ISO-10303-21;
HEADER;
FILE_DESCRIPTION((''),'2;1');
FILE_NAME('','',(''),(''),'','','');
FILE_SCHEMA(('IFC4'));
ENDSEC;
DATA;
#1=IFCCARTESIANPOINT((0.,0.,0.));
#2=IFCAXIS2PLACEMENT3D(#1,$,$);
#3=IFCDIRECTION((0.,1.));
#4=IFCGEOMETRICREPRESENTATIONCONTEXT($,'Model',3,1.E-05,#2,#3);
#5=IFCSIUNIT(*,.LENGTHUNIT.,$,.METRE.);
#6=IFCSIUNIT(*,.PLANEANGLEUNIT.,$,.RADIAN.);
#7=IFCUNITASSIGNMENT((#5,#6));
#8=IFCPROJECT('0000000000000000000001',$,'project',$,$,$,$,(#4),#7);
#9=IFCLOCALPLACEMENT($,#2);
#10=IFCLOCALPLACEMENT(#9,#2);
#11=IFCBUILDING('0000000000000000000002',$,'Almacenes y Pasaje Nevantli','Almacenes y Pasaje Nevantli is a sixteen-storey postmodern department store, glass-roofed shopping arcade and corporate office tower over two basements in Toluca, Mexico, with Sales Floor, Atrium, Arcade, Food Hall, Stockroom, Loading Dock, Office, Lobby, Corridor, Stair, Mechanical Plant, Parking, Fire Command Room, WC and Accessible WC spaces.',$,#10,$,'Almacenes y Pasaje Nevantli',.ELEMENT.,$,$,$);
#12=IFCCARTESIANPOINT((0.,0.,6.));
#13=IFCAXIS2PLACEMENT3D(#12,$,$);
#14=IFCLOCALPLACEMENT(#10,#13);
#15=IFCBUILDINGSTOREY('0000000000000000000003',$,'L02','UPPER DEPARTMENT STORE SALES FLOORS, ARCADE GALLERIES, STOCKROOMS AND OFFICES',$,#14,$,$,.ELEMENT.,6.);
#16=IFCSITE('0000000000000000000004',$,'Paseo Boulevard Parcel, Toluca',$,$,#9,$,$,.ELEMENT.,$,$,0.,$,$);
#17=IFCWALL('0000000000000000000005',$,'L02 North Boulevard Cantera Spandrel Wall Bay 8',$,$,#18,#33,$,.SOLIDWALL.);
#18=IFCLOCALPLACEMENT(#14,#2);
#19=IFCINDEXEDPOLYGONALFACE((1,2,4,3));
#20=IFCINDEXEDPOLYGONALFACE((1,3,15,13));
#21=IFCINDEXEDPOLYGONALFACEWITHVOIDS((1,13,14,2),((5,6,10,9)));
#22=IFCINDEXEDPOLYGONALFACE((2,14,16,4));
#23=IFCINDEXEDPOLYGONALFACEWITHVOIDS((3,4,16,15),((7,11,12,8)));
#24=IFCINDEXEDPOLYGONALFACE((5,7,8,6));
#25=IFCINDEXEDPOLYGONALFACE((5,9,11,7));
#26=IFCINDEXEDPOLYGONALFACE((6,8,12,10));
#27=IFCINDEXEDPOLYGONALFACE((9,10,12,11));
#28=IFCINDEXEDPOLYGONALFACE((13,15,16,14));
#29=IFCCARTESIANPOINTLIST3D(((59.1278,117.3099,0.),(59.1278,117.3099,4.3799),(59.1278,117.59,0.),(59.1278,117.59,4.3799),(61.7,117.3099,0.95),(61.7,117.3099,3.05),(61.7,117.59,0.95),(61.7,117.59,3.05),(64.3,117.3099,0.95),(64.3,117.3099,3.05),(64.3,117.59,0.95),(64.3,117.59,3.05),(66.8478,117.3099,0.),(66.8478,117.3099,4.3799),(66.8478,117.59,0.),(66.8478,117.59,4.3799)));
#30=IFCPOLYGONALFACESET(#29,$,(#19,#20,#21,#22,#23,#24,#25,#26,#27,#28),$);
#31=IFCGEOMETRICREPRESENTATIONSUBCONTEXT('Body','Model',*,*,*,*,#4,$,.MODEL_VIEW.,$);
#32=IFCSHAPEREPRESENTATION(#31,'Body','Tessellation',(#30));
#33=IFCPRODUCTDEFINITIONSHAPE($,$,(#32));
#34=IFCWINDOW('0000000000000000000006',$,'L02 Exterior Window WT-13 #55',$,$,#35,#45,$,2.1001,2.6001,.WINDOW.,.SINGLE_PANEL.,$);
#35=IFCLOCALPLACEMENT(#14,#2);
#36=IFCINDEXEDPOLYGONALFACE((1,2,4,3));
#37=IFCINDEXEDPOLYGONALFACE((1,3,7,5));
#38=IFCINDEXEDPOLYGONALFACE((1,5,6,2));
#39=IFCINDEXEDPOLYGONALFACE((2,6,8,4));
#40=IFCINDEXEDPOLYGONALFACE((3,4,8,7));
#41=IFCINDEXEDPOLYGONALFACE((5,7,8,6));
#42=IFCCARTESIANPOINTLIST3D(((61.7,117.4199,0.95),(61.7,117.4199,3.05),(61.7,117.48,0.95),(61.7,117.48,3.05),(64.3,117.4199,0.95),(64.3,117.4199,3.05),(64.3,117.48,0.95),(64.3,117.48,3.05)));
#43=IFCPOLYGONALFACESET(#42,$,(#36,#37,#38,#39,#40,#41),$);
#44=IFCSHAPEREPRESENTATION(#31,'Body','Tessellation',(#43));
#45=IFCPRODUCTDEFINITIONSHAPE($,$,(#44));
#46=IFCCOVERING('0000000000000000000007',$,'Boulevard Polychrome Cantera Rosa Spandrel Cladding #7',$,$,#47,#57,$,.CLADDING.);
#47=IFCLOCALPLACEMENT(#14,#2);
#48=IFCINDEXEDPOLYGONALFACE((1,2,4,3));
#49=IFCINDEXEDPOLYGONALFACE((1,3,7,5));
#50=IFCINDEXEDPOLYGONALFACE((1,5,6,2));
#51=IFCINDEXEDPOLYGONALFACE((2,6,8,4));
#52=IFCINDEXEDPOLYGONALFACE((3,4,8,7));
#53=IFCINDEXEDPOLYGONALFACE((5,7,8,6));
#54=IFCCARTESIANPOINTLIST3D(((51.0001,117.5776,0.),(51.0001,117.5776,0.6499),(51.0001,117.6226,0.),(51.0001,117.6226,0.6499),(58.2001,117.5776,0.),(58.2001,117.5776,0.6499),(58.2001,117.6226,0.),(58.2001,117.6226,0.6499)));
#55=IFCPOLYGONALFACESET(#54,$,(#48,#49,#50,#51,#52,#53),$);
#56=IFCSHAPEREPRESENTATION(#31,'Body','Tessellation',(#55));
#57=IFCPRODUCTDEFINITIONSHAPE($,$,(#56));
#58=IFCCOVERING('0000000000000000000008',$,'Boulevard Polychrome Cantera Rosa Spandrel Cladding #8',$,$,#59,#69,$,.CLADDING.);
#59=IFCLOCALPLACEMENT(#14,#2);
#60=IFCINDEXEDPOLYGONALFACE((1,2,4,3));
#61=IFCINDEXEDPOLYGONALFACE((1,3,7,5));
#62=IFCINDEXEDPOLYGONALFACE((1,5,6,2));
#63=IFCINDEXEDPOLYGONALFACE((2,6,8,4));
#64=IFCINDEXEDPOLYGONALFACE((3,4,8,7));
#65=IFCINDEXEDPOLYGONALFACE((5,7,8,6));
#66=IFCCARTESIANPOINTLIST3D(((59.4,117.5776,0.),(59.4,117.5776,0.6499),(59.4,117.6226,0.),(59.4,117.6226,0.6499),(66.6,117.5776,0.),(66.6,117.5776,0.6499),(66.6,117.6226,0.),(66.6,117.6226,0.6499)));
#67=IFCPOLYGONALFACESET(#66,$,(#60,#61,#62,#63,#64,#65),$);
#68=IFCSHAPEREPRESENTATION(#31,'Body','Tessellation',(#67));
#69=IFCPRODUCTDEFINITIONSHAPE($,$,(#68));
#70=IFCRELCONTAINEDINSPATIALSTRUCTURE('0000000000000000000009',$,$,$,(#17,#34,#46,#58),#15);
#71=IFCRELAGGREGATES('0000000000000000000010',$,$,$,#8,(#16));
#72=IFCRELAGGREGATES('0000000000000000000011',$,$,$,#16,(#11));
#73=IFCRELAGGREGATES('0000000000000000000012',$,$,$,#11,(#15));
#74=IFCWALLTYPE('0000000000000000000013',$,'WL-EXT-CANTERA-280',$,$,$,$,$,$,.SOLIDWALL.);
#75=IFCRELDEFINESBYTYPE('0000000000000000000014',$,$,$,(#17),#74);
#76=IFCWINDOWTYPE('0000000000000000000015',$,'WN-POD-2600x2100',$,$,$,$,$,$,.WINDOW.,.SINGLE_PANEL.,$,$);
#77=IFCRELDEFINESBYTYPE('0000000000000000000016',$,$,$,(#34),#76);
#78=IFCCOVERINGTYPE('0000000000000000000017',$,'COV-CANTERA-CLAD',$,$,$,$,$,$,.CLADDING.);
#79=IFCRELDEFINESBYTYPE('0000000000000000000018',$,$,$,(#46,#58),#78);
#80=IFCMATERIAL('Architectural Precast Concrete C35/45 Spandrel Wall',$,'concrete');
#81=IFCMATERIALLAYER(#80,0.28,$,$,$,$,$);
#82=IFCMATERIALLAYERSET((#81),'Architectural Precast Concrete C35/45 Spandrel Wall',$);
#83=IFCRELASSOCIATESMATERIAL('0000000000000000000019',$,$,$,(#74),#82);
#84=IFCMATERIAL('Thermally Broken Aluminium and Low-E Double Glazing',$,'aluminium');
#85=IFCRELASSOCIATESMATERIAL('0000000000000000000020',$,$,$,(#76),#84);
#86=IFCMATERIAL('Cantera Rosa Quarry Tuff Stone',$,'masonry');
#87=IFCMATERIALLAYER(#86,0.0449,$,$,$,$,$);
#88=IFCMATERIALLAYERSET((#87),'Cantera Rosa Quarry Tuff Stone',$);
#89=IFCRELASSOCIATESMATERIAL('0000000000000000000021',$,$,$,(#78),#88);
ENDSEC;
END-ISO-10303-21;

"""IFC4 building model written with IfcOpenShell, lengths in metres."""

from ifc_helpers import new_model, si_unit, direction, frame, frame_2d, origin, origin_2d, place, context, subcontext, project, spatial, rectangle, extrude, material, layer, layer_set, type_object, element, fill, save


model = new_model("IFC4")

# Units and contexts
model_context = context("Model", 3, precision=1e-05, world=origin(), true_north=direction((0.0, 1.0)))
body_context = subcontext(model_context, "Body", "Model", "MODEL_VIEW")
ifc_project = project(units=[si_unit("LENGTHUNIT", "METRE"), si_unit("PLANEANGLEUNIT", "RADIAN")], contexts=[model_context])

# Site, building, storey
site_placement = place(None, origin())
site = spatial("IfcSite", under=ifc_project, at=site_placement, Name="Paseo Boulevard Parcel, Toluca", CompositionType="ELEMENT", RefElevation=0.0)
building_placement = place(site_placement, origin())
building = spatial("IfcBuilding", under=site, at=building_placement, Name="Almacenes y Pasaje Nevantli", Description="Almacenes y Pasaje Nevantli is a sixteen-storey postmodern department store, glass-roofed shopping arcade and corporate office tower over two basements in Toluca, Mexico, with Sales Floor, Atrium, Arcade, Food Hall, Stockroom, Loading Dock, Office, Lobby, Corridor, Stair, Mechanical Plant, Parking, Fire Command Room, WC and Accessible WC spaces.", LongName="Almacenes y Pasaje Nevantli", CompositionType="ELEMENT")
storey_placement = place(building_placement, frame((0.0, 0.0, 6.0)))
storey = spatial("IfcBuildingStorey", under=building, at=storey_placement, Name="L02", Description="UPPER DEPARTMENT STORE SALES FLOORS, ARCADE GALLERIES, STOCKROOMS AND OFFICES", CompositionType="ELEMENT", Elevation=6.0)

# Wall, opening, window
ifc_material_1 = material(Name="Architectural Precast Concrete C35/45 Spandrel Wall", Category="concrete")
ifc_layer_1 = layer(ifc_material_1, 0.28)
ifc_layer_set_1 = layer_set([ifc_layer_1], Name="Architectural Precast Concrete C35/45 Spandrel Wall")
wall_type = type_object("IfcWallType", Name="WL-EXT-CANTERA-280", PredefinedType="SOLIDWALL", material=ifc_layer_set_1)
wall_placement = place(storey_placement, frame((59.1279, 117.45, 0.0), z_axis=(0.0, 0.0, 1.0), x_axis=(1.0, 0.0, 0.0)))
wall = element("IfcWall", 1, at=wall_placement, inside=storey, type_object=wall_type, Name="L02 North Boulevard Cantera Spandrel Wall Bay 8", PredefinedType="SOLIDWALL", context=body_context, shape_type="SweptSolid", body=[
    extrude(rectangle(XDim=7.72, YDim=0.28, at=frame_2d((3.8599, 0.0))), origin(), (0.0, 0.0, 1.0), 4.3799),
])
opening_placement = place(wall_placement, frame((2.572, 0.0, 0.95)))
opening = element("IfcOpeningElement", 2, at=opening_placement, cuts=wall, PredefinedType="OPENING", context=body_context, shape_type="SweptSolid", body=[
    extrude(rectangle(XDim=2.6001, YDim=2.1001, at=frame_2d((1.3, 1.05))), frame((0.0, 0.1499, 0.0), z_axis=(0.0, -1.0, 0.0), x_axis=(1.0, 0.0, 0.0)), (0.0, 0.0, 1.0), 0.3),
])
ifc_material_2 = material(Name="Thermally Broken Aluminium and Low-E Double Glazing", Category="aluminium")
window_type = type_object("IfcWindowType", Name="WN-POD-2600x2100", PartitioningType="SINGLE_PANEL", PredefinedType="WINDOW", material=ifc_material_2)
window_placement = place(opening_placement, origin())
window = element("IfcWindow", 3, at=window_placement, inside=storey, type_object=window_type, Name="L02 Exterior Window WT-13 #55", OverallHeight=2.1001, OverallWidth=2.6001, PartitioningType="SINGLE_PANEL", PredefinedType="WINDOW", context=body_context, shape_type="SweptSolid", body=[
    extrude(rectangle(XDim=2.6001, YDim=2.1001, at=frame_2d((1.3, 1.05))), frame((0.0, 0.03, 0.0), z_axis=(0.0, -1.0, 0.0), x_axis=(1.0, 0.0, 0.0)), (0.0, 0.0, 1.0), 0.0601),
])
fill(opening, window)

# Coverings
ifc_material_3 = material(Name="Cantera Rosa Quarry Tuff Stone", Category="masonry")
ifc_layer_2 = layer(ifc_material_3, 0.0449)
ifc_layer_set_2 = layer_set([ifc_layer_2], Name="Cantera Rosa Quarry Tuff Stone")
covering_type = type_object("IfcCoveringType", Name="COV-CANTERA-CLAD", PredefinedType="CLADDING", material=ifc_layer_set_2)
for number, where, z_axis, x_axis, name in (
    (4, (54.6001, 117.6001, 0.0), (0.0, 0.0, 1.0), (1.0, 0.0, 0.0), "Boulevard Polychrome Cantera Rosa Spandrel Cladding #7"),
    (5, (63.0, 117.6001, 0.0), (0.0, 0.0, 1.0), (1.0, 0.0, 0.0), "Boulevard Polychrome Cantera Rosa Spandrel Cladding #8"),
):
    element("IfcCovering", number, at=place(storey_placement, frame(where, z_axis=z_axis, x_axis=x_axis)), inside=storey, type_object=covering_type, Name=name, PredefinedType="CLADDING", context=body_context, shape_type="SweptSolid", body=[
        extrude(rectangle(XDim=7.2, YDim=0.0449, at=origin_2d()), origin(), (0.0, 0.0, 1.0), 0.6499),
    ])

save(model, "model.ifc")
